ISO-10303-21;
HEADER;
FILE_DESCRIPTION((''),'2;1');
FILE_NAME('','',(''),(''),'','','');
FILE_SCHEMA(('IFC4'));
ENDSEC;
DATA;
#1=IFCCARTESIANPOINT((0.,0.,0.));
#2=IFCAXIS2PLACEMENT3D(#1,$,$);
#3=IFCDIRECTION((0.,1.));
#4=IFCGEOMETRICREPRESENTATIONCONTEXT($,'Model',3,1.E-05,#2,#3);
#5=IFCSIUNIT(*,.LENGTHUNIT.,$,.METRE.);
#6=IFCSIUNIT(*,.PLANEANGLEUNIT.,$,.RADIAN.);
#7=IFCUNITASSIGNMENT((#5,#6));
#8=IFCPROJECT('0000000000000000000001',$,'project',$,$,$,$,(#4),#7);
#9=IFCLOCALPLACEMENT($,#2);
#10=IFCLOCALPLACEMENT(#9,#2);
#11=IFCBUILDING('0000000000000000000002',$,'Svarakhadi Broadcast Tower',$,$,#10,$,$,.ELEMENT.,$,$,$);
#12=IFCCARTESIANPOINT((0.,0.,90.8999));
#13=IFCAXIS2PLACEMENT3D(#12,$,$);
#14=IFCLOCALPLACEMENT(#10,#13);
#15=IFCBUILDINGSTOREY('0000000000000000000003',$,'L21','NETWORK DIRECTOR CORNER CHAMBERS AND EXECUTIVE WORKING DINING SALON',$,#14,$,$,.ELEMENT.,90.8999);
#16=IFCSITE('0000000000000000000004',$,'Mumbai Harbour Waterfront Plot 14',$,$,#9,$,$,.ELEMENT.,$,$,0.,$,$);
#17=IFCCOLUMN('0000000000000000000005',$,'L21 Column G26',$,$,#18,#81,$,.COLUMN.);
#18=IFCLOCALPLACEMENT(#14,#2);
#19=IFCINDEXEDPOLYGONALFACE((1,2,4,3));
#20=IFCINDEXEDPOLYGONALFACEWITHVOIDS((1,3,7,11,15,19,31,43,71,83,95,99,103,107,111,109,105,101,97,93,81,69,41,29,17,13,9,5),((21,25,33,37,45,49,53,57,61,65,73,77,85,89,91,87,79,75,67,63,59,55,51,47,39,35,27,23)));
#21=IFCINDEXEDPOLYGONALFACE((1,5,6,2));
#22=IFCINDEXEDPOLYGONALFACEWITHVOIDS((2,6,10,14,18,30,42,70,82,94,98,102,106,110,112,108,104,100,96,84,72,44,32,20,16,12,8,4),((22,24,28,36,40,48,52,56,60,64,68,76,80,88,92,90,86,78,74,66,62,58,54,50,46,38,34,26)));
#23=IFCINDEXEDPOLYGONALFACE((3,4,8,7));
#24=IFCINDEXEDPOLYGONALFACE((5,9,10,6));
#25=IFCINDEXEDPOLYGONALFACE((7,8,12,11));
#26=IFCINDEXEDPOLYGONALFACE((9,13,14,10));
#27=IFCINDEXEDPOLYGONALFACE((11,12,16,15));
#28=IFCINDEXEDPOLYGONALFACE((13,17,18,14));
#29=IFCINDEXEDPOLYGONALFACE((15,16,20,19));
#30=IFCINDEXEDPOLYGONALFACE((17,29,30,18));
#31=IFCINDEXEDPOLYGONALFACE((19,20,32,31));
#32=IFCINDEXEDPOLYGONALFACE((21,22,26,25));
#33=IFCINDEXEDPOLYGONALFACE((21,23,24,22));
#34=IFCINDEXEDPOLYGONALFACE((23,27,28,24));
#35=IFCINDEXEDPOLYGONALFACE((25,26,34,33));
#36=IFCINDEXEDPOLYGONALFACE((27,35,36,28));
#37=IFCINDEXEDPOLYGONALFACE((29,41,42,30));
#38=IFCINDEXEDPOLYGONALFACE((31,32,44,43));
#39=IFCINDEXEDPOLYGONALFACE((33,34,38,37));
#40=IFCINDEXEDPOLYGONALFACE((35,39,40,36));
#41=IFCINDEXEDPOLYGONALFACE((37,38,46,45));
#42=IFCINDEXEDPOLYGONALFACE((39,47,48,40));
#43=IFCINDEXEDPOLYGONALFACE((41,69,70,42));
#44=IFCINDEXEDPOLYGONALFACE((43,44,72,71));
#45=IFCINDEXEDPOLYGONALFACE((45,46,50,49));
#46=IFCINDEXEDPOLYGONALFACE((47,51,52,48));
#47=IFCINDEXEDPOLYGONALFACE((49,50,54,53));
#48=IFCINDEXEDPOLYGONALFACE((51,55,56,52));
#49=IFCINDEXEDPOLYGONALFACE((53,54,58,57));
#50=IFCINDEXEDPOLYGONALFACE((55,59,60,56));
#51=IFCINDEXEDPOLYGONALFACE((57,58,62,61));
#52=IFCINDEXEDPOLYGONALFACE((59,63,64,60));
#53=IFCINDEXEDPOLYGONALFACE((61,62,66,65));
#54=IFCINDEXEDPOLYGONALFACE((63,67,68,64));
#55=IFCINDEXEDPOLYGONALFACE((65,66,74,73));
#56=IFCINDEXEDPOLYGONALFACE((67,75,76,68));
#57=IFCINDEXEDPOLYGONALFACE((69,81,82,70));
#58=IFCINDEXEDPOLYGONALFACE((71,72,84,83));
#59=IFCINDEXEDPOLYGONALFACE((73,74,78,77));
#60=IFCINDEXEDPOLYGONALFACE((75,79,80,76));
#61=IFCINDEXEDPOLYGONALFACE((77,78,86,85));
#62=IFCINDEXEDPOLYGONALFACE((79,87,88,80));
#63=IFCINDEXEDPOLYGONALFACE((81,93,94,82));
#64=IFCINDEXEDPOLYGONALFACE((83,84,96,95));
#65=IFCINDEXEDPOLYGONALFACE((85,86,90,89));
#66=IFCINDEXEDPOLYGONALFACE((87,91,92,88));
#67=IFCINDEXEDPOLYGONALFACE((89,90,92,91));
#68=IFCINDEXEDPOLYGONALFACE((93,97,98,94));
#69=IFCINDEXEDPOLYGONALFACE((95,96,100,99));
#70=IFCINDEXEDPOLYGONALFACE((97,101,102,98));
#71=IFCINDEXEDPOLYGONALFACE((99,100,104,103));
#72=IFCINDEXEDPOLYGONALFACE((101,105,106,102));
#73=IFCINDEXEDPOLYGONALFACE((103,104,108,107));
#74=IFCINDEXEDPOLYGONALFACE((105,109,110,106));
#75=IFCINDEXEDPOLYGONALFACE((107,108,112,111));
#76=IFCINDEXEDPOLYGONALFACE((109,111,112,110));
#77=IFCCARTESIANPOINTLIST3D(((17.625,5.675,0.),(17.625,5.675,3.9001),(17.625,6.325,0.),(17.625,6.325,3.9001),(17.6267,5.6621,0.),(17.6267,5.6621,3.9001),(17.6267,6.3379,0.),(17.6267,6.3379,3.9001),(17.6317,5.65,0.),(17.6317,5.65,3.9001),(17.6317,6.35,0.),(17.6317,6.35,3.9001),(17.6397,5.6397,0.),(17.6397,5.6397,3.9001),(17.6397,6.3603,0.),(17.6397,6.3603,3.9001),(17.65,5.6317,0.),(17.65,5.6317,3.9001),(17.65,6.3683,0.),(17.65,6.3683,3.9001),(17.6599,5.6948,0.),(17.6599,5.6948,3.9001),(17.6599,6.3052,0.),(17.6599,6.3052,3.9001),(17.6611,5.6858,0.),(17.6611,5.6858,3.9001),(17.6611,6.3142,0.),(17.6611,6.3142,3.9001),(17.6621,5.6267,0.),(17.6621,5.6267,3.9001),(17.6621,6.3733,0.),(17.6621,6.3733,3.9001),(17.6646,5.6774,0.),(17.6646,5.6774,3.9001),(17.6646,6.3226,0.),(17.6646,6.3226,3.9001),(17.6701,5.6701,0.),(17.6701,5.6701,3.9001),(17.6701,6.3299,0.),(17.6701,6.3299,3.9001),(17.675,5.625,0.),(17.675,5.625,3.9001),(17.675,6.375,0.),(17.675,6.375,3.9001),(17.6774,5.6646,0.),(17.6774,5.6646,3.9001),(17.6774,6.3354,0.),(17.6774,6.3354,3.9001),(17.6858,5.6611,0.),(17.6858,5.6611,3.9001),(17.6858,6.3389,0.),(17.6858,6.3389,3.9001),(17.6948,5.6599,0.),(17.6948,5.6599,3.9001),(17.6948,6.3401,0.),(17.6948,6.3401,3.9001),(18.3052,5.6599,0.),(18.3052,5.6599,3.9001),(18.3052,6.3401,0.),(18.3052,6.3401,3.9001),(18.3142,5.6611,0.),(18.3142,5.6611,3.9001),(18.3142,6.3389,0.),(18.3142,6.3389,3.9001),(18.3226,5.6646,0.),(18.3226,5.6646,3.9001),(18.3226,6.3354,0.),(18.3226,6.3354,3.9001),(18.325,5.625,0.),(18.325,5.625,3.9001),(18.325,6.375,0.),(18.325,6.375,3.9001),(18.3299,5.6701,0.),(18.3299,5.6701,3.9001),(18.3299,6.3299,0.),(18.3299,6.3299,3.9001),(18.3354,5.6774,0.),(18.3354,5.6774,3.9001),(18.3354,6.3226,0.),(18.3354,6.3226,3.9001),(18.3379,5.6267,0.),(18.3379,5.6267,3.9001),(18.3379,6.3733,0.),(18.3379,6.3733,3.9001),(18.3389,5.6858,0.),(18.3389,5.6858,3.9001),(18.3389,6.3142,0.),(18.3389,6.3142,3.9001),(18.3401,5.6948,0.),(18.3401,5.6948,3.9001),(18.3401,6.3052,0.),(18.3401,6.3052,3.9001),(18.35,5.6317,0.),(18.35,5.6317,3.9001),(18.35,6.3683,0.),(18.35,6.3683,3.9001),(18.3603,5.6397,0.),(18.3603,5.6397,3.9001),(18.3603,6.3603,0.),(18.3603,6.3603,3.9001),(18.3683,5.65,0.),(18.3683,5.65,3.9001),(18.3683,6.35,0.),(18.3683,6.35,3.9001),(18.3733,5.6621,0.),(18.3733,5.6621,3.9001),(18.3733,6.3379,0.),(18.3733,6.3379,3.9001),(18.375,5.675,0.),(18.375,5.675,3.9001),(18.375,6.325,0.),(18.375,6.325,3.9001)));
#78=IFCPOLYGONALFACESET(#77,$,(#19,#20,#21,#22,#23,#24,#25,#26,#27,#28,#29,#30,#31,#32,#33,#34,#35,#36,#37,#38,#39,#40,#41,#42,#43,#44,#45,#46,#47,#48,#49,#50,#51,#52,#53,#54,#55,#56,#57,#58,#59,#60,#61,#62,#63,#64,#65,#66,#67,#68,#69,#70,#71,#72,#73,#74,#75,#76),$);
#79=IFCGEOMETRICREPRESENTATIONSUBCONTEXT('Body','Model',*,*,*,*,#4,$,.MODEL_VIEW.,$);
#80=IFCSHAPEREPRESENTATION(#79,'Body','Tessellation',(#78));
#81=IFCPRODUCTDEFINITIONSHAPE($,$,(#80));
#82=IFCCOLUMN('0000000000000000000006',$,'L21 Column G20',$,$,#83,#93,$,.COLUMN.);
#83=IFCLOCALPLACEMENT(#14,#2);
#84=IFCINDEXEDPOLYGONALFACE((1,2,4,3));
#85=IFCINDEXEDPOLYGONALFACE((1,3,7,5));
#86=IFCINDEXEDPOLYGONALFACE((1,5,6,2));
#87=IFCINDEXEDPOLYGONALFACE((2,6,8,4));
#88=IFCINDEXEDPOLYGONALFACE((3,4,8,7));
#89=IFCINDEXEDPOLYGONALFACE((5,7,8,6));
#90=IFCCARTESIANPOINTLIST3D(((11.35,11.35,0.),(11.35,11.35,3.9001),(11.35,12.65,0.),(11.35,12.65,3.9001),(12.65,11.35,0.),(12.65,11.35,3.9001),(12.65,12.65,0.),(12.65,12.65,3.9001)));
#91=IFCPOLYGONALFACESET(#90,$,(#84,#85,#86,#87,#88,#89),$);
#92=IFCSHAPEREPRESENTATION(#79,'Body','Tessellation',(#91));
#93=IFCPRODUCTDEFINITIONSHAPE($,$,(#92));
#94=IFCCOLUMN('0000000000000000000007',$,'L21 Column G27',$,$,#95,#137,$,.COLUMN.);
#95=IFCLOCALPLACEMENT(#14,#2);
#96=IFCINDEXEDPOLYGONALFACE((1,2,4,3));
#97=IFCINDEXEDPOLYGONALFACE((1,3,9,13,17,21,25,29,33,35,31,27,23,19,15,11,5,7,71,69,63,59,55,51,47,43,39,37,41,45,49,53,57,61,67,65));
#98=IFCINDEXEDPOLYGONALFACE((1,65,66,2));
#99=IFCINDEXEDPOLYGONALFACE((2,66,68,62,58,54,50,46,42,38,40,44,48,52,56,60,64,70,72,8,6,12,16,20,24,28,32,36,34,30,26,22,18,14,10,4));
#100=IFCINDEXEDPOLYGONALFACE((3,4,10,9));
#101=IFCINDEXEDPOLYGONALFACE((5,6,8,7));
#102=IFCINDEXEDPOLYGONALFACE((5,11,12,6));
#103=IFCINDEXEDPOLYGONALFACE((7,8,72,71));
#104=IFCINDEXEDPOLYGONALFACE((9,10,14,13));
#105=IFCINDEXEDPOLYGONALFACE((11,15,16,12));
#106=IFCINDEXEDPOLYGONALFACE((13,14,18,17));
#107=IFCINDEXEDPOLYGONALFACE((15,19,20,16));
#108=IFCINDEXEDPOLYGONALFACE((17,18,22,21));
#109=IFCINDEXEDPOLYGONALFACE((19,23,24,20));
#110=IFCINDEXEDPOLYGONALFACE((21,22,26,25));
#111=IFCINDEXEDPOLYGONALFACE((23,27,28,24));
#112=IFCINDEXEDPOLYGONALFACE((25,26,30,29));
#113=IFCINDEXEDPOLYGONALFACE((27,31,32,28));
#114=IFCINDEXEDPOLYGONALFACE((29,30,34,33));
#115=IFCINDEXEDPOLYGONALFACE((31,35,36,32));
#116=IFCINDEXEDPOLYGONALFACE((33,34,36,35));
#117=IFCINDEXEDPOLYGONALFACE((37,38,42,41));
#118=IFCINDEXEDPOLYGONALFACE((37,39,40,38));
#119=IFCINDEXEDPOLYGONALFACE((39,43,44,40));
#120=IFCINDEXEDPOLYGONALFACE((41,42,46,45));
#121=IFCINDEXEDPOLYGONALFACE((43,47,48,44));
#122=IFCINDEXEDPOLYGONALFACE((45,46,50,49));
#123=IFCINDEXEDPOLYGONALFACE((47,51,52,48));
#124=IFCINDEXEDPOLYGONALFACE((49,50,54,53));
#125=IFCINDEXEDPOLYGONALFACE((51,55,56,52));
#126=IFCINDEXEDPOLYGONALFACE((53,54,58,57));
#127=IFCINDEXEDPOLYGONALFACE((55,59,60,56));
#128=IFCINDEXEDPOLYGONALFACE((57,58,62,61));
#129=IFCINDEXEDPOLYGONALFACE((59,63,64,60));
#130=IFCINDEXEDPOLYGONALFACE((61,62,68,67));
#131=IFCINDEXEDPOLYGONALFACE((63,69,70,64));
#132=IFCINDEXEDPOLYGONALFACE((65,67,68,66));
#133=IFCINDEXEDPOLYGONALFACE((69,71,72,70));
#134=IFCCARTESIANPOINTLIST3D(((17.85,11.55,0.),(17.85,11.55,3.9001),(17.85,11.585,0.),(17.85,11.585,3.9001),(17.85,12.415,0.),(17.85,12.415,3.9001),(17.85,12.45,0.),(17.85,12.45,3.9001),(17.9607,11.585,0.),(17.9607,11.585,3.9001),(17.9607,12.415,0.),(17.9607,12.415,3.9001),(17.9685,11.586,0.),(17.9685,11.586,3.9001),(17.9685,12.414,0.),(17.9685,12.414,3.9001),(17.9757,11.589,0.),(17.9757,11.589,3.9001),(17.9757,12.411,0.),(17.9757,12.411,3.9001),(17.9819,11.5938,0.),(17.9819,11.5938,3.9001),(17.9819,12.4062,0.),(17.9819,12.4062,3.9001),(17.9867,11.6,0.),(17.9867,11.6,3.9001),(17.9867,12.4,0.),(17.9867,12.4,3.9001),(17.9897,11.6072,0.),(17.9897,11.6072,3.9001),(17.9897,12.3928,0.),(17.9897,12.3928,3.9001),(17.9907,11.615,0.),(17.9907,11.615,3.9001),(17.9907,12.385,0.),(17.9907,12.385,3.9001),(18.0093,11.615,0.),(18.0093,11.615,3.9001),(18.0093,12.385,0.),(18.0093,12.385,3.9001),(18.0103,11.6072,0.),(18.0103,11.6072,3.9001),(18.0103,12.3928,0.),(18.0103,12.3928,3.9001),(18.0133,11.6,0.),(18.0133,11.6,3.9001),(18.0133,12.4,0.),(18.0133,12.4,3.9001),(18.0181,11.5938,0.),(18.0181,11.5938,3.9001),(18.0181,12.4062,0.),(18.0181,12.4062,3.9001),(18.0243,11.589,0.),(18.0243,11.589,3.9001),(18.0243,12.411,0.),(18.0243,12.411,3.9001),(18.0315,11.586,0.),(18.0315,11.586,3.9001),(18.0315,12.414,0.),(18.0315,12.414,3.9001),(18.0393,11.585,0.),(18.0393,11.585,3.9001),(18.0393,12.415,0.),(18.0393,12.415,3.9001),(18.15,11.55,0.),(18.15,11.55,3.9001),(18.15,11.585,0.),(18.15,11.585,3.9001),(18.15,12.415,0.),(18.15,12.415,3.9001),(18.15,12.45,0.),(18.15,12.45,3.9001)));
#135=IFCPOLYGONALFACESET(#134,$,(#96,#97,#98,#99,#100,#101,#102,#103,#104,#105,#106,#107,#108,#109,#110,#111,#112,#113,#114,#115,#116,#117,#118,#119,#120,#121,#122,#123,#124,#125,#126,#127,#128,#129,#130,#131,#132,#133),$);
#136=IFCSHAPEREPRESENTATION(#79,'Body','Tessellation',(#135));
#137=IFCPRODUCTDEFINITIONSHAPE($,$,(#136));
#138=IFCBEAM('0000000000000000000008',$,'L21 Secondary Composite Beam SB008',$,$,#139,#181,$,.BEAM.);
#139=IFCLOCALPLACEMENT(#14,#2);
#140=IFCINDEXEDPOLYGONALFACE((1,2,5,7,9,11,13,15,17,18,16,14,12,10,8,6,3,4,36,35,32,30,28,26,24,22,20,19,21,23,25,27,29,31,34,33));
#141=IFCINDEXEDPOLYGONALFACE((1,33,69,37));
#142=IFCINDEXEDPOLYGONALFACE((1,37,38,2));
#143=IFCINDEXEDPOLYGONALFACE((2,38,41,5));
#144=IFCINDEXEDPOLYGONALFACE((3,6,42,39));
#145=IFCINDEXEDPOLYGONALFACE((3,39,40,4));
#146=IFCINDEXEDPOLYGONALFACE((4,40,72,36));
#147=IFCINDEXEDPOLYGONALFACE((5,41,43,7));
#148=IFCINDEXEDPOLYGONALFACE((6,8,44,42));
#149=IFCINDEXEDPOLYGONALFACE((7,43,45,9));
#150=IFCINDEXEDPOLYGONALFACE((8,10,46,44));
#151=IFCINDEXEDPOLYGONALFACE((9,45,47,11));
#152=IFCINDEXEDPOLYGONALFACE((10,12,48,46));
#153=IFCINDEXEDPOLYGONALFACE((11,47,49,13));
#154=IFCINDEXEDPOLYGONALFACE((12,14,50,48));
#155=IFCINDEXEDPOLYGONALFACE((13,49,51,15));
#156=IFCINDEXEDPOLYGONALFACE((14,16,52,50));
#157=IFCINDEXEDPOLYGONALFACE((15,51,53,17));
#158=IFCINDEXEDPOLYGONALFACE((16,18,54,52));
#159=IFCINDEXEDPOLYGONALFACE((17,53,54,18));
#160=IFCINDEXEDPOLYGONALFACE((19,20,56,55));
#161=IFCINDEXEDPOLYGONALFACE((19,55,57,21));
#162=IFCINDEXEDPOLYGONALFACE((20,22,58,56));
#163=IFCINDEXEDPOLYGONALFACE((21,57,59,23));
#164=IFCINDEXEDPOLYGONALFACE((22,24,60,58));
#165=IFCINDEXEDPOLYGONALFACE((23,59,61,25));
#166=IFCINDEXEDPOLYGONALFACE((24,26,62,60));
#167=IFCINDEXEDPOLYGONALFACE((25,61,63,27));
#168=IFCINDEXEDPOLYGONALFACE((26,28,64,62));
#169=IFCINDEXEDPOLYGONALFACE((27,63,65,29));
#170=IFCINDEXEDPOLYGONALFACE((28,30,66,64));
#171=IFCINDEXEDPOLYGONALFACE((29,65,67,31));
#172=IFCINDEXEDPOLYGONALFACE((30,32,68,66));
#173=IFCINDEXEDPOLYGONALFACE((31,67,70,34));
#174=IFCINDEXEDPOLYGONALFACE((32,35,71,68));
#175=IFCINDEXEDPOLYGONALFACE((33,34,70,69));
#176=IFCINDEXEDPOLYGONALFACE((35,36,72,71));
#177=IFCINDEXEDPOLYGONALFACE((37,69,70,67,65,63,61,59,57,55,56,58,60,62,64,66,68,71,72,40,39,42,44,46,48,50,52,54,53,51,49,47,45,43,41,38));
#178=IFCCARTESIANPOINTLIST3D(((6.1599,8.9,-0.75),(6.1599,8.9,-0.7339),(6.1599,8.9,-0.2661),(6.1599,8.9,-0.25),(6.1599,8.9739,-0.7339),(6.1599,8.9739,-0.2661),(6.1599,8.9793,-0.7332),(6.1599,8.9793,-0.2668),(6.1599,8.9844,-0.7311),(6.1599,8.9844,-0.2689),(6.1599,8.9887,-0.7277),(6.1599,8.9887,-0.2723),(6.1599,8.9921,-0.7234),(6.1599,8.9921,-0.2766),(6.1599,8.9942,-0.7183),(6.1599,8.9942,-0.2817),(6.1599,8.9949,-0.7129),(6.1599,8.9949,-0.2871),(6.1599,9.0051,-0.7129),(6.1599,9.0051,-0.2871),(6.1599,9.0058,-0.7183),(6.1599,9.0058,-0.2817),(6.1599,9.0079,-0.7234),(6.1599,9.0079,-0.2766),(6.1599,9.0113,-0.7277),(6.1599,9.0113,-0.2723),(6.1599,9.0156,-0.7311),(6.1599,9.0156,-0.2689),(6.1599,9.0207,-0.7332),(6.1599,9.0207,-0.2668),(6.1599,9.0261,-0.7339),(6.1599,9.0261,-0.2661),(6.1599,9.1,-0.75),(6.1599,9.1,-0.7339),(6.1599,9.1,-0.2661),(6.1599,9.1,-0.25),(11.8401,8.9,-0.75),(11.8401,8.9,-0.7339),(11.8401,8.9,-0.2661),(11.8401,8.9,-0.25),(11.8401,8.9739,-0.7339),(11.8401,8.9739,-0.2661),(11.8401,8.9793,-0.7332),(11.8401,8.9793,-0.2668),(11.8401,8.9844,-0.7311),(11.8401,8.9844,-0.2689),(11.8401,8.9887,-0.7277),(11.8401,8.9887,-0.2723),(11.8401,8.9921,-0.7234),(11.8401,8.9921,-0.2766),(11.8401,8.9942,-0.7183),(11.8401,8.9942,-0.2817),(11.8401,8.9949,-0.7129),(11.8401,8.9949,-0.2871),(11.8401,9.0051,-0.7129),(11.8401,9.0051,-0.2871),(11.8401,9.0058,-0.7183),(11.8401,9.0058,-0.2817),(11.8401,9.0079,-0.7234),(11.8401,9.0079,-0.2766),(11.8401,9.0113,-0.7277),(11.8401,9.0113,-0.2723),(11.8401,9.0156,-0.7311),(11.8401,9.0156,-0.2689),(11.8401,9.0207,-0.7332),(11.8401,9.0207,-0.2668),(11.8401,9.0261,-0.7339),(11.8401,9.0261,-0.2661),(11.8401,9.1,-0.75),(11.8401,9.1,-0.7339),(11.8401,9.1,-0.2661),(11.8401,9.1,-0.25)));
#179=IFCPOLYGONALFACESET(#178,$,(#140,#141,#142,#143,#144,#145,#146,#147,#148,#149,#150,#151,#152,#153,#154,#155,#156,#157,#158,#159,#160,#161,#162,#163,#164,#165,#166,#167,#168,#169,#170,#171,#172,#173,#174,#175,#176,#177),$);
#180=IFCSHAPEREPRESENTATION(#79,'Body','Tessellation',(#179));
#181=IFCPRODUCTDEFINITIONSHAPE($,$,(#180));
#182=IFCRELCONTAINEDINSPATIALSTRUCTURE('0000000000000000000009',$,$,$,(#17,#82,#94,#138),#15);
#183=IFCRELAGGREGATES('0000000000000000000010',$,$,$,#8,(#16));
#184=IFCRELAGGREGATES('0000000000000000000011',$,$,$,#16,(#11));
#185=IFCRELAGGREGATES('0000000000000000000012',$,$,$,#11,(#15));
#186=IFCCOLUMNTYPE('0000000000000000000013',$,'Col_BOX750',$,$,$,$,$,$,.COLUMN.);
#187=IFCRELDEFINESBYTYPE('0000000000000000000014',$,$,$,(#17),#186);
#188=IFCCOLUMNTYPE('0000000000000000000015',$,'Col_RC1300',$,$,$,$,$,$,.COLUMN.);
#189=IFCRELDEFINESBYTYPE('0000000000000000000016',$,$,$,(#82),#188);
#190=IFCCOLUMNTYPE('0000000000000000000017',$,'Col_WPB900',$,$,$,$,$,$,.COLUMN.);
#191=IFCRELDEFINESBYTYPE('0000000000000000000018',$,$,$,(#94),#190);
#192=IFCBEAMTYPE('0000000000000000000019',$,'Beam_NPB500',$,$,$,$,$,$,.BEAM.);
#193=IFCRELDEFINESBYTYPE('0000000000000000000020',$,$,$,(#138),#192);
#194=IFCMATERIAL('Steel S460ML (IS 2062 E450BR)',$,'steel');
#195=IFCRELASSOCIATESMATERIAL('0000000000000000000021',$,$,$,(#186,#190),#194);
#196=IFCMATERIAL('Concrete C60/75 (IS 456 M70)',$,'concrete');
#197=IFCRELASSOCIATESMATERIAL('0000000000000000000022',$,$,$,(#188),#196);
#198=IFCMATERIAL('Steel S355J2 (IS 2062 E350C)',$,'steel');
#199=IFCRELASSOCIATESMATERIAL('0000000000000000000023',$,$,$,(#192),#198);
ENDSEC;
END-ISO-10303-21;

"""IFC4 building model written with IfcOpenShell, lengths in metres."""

from ifc_helpers import new_model, si_unit, direction, frame, origin, origin_2d, place, context, subcontext, project, spatial, rectangle, hollow_rectangle, i_section, extrude, material, material_profile, profile_set, type_object, element, save


model = new_model("IFC4")

# Units and contexts
model_context = context("Model", 3, precision=1e-05, world=origin(), true_north=direction((0.0, 1.0)))
body_context = subcontext(model_context, "Body", "Model", "MODEL_VIEW")
ifc_project = project(units=[si_unit("LENGTHUNIT", "METRE"), si_unit("PLANEANGLEUNIT", "RADIAN")], contexts=[model_context])

# Site, building, storey
site_placement = place(None, origin())
site = spatial("IfcSite", under=ifc_project, at=site_placement, Name="Mumbai Harbour Waterfront Plot 14", CompositionType="ELEMENT", RefElevation=0.0)
building_placement = place(site_placement, origin())
building = spatial("IfcBuilding", under=site, at=building_placement, Name="Svarakhadi Broadcast Tower", CompositionType="ELEMENT")
storey_placement = place(building_placement, frame((0.0, 0.0, 90.8999)))
storey = spatial("IfcBuildingStorey", under=building, at=storey_placement, Name="L21", Description="NETWORK DIRECTOR CORNER CHAMBERS AND EXECUTIVE WORKING DINING SALON", CompositionType="ELEMENT", Elevation=90.8999)

# Columns
ifc_material_1 = material(Name="Steel S460ML (IS 2062 E450BR)", Category="steel")
ifc_material_profile_1 = material_profile(ifc_material_1, hollow_rectangle(XDim=0.75, YDim=0.75, WallThickness=0.0349, InnerFilletRadius=0.0349, OuterFilletRadius=0.05, at=origin_2d()), Name="BOX 750x750x35")
ifc_profile_set_1 = profile_set([ifc_material_profile_1], Name="Steel S460ML (IS 2062 E450BR)")
column_type_1 = type_object("IfcColumnType", Name="Col_BOX750", PredefinedType="COLUMN", material=ifc_profile_set_1)
column_1_placement = place(storey_placement, frame((18.0, 6.0, 0.0), z_axis=(0.0, 0.0, 1.0), x_axis=(1.0, 0.0, 0.0)))
element("IfcColumn", 1, at=column_1_placement, inside=storey, type_object=column_type_1, Name="L21 Column G26", PredefinedType="COLUMN", context=body_context, shape_type="SweptSolid", body=[
    extrude(hollow_rectangle(XDim=0.75, YDim=0.75, WallThickness=0.0349, InnerFilletRadius=0.0349, OuterFilletRadius=0.05, at=origin_2d()), origin(), (0.0, 0.0, 1.0), 3.9001),
])
ifc_material_2 = material(Name="Concrete C60/75 (IS 456 M70)", Category="concrete")
ifc_material_profile_2 = material_profile(ifc_material_2, rectangle(XDim=1.3, YDim=1.3, at=origin_2d()), Name="RC 1300x1300")
ifc_profile_set_2 = profile_set([ifc_material_profile_2], Name="Concrete C60/75 (IS 456 M70)")
column_type_2 = type_object("IfcColumnType", Name="Col_RC1300", PredefinedType="COLUMN", material=ifc_profile_set_2)
column_2_placement = place(storey_placement, frame((12.0, 12.0, 0.0), z_axis=(0.0, 0.0, 1.0), x_axis=(1.0, 0.0, 0.0)))
element("IfcColumn", 2, at=column_2_placement, inside=storey, type_object=column_type_2, Name="L21 Column G20", PredefinedType="COLUMN", context=body_context, shape_type="SweptSolid", body=[
    extrude(rectangle(XDim=1.3, YDim=1.3, at=origin_2d()), origin(), (0.0, 0.0, 1.0), 3.9001),
])
ifc_material_profile_3 = material_profile(ifc_material_1, i_section(OverallWidth=0.3, OverallDepth=0.8999, WebThickness=0.0186, FlangeThickness=0.0349, FilletRadius=0.03, at=origin_2d()), Name="WPB 900x300x291")
ifc_profile_set_3 = profile_set([ifc_material_profile_3], Name="Steel S460ML (IS 2062 E450BR)")
column_type_3 = type_object("IfcColumnType", Name="Col_WPB900", PredefinedType="COLUMN", material=ifc_profile_set_3)
column_3_placement = place(storey_placement, frame((18.0, 12.0, 0.0), z_axis=(0.0, 0.0, 1.0), x_axis=(1.0, 0.0, 0.0)))
element("IfcColumn", 3, at=column_3_placement, inside=storey, type_object=column_type_3, Name="L21 Column G27", PredefinedType="COLUMN", context=body_context, shape_type="SweptSolid", body=[
    extrude(i_section(OverallWidth=0.3, OverallDepth=0.8999, WebThickness=0.0186, FlangeThickness=0.0349, FilletRadius=0.03, at=origin_2d()), origin(), (0.0, 0.0, 1.0), 3.9001),
])

# Beam
ifc_material_3 = material(Name="Steel S355J2 (IS 2062 E350C)", Category="steel")
ifc_material_profile_4 = material_profile(ifc_material_3, i_section(OverallWidth=0.2, OverallDepth=0.5, WebThickness=0.0103, FlangeThickness=0.0161, FilletRadius=0.021, at=origin_2d()), Name="NPB 500x200x91")
ifc_profile_set_4 = profile_set([ifc_material_profile_4], Name="Steel S355J2 (IS 2062 E350C)")
beam_type_1 = type_object("IfcBeamType", Name="Beam_NPB500", PredefinedType="BEAM", material=ifc_profile_set_4)
for number, where, z_axis, x_axis, name in (
    (4, (6.1599, 9.0, -0.5), (1.0, 0.0, 0.0), (0.0, 1.0, 0.0), "L21 Secondary Composite Beam SB008"),
):
    element("IfcBeam", number, at=place(storey_placement, frame(where, z_axis=z_axis, x_axis=x_axis)), inside=storey, type_object=beam_type_1, Name=name, PredefinedType="BEAM", context=body_context, shape_type="SweptSolid", body=[
        extrude(i_section(OverallWidth=0.2, OverallDepth=0.5, WebThickness=0.0103, FlangeThickness=0.0161, FilletRadius=0.021, at=origin_2d()), origin(), (0.0, 0.0, 1.0), 5.6802),
    ])

save(model, "model.ifc")
